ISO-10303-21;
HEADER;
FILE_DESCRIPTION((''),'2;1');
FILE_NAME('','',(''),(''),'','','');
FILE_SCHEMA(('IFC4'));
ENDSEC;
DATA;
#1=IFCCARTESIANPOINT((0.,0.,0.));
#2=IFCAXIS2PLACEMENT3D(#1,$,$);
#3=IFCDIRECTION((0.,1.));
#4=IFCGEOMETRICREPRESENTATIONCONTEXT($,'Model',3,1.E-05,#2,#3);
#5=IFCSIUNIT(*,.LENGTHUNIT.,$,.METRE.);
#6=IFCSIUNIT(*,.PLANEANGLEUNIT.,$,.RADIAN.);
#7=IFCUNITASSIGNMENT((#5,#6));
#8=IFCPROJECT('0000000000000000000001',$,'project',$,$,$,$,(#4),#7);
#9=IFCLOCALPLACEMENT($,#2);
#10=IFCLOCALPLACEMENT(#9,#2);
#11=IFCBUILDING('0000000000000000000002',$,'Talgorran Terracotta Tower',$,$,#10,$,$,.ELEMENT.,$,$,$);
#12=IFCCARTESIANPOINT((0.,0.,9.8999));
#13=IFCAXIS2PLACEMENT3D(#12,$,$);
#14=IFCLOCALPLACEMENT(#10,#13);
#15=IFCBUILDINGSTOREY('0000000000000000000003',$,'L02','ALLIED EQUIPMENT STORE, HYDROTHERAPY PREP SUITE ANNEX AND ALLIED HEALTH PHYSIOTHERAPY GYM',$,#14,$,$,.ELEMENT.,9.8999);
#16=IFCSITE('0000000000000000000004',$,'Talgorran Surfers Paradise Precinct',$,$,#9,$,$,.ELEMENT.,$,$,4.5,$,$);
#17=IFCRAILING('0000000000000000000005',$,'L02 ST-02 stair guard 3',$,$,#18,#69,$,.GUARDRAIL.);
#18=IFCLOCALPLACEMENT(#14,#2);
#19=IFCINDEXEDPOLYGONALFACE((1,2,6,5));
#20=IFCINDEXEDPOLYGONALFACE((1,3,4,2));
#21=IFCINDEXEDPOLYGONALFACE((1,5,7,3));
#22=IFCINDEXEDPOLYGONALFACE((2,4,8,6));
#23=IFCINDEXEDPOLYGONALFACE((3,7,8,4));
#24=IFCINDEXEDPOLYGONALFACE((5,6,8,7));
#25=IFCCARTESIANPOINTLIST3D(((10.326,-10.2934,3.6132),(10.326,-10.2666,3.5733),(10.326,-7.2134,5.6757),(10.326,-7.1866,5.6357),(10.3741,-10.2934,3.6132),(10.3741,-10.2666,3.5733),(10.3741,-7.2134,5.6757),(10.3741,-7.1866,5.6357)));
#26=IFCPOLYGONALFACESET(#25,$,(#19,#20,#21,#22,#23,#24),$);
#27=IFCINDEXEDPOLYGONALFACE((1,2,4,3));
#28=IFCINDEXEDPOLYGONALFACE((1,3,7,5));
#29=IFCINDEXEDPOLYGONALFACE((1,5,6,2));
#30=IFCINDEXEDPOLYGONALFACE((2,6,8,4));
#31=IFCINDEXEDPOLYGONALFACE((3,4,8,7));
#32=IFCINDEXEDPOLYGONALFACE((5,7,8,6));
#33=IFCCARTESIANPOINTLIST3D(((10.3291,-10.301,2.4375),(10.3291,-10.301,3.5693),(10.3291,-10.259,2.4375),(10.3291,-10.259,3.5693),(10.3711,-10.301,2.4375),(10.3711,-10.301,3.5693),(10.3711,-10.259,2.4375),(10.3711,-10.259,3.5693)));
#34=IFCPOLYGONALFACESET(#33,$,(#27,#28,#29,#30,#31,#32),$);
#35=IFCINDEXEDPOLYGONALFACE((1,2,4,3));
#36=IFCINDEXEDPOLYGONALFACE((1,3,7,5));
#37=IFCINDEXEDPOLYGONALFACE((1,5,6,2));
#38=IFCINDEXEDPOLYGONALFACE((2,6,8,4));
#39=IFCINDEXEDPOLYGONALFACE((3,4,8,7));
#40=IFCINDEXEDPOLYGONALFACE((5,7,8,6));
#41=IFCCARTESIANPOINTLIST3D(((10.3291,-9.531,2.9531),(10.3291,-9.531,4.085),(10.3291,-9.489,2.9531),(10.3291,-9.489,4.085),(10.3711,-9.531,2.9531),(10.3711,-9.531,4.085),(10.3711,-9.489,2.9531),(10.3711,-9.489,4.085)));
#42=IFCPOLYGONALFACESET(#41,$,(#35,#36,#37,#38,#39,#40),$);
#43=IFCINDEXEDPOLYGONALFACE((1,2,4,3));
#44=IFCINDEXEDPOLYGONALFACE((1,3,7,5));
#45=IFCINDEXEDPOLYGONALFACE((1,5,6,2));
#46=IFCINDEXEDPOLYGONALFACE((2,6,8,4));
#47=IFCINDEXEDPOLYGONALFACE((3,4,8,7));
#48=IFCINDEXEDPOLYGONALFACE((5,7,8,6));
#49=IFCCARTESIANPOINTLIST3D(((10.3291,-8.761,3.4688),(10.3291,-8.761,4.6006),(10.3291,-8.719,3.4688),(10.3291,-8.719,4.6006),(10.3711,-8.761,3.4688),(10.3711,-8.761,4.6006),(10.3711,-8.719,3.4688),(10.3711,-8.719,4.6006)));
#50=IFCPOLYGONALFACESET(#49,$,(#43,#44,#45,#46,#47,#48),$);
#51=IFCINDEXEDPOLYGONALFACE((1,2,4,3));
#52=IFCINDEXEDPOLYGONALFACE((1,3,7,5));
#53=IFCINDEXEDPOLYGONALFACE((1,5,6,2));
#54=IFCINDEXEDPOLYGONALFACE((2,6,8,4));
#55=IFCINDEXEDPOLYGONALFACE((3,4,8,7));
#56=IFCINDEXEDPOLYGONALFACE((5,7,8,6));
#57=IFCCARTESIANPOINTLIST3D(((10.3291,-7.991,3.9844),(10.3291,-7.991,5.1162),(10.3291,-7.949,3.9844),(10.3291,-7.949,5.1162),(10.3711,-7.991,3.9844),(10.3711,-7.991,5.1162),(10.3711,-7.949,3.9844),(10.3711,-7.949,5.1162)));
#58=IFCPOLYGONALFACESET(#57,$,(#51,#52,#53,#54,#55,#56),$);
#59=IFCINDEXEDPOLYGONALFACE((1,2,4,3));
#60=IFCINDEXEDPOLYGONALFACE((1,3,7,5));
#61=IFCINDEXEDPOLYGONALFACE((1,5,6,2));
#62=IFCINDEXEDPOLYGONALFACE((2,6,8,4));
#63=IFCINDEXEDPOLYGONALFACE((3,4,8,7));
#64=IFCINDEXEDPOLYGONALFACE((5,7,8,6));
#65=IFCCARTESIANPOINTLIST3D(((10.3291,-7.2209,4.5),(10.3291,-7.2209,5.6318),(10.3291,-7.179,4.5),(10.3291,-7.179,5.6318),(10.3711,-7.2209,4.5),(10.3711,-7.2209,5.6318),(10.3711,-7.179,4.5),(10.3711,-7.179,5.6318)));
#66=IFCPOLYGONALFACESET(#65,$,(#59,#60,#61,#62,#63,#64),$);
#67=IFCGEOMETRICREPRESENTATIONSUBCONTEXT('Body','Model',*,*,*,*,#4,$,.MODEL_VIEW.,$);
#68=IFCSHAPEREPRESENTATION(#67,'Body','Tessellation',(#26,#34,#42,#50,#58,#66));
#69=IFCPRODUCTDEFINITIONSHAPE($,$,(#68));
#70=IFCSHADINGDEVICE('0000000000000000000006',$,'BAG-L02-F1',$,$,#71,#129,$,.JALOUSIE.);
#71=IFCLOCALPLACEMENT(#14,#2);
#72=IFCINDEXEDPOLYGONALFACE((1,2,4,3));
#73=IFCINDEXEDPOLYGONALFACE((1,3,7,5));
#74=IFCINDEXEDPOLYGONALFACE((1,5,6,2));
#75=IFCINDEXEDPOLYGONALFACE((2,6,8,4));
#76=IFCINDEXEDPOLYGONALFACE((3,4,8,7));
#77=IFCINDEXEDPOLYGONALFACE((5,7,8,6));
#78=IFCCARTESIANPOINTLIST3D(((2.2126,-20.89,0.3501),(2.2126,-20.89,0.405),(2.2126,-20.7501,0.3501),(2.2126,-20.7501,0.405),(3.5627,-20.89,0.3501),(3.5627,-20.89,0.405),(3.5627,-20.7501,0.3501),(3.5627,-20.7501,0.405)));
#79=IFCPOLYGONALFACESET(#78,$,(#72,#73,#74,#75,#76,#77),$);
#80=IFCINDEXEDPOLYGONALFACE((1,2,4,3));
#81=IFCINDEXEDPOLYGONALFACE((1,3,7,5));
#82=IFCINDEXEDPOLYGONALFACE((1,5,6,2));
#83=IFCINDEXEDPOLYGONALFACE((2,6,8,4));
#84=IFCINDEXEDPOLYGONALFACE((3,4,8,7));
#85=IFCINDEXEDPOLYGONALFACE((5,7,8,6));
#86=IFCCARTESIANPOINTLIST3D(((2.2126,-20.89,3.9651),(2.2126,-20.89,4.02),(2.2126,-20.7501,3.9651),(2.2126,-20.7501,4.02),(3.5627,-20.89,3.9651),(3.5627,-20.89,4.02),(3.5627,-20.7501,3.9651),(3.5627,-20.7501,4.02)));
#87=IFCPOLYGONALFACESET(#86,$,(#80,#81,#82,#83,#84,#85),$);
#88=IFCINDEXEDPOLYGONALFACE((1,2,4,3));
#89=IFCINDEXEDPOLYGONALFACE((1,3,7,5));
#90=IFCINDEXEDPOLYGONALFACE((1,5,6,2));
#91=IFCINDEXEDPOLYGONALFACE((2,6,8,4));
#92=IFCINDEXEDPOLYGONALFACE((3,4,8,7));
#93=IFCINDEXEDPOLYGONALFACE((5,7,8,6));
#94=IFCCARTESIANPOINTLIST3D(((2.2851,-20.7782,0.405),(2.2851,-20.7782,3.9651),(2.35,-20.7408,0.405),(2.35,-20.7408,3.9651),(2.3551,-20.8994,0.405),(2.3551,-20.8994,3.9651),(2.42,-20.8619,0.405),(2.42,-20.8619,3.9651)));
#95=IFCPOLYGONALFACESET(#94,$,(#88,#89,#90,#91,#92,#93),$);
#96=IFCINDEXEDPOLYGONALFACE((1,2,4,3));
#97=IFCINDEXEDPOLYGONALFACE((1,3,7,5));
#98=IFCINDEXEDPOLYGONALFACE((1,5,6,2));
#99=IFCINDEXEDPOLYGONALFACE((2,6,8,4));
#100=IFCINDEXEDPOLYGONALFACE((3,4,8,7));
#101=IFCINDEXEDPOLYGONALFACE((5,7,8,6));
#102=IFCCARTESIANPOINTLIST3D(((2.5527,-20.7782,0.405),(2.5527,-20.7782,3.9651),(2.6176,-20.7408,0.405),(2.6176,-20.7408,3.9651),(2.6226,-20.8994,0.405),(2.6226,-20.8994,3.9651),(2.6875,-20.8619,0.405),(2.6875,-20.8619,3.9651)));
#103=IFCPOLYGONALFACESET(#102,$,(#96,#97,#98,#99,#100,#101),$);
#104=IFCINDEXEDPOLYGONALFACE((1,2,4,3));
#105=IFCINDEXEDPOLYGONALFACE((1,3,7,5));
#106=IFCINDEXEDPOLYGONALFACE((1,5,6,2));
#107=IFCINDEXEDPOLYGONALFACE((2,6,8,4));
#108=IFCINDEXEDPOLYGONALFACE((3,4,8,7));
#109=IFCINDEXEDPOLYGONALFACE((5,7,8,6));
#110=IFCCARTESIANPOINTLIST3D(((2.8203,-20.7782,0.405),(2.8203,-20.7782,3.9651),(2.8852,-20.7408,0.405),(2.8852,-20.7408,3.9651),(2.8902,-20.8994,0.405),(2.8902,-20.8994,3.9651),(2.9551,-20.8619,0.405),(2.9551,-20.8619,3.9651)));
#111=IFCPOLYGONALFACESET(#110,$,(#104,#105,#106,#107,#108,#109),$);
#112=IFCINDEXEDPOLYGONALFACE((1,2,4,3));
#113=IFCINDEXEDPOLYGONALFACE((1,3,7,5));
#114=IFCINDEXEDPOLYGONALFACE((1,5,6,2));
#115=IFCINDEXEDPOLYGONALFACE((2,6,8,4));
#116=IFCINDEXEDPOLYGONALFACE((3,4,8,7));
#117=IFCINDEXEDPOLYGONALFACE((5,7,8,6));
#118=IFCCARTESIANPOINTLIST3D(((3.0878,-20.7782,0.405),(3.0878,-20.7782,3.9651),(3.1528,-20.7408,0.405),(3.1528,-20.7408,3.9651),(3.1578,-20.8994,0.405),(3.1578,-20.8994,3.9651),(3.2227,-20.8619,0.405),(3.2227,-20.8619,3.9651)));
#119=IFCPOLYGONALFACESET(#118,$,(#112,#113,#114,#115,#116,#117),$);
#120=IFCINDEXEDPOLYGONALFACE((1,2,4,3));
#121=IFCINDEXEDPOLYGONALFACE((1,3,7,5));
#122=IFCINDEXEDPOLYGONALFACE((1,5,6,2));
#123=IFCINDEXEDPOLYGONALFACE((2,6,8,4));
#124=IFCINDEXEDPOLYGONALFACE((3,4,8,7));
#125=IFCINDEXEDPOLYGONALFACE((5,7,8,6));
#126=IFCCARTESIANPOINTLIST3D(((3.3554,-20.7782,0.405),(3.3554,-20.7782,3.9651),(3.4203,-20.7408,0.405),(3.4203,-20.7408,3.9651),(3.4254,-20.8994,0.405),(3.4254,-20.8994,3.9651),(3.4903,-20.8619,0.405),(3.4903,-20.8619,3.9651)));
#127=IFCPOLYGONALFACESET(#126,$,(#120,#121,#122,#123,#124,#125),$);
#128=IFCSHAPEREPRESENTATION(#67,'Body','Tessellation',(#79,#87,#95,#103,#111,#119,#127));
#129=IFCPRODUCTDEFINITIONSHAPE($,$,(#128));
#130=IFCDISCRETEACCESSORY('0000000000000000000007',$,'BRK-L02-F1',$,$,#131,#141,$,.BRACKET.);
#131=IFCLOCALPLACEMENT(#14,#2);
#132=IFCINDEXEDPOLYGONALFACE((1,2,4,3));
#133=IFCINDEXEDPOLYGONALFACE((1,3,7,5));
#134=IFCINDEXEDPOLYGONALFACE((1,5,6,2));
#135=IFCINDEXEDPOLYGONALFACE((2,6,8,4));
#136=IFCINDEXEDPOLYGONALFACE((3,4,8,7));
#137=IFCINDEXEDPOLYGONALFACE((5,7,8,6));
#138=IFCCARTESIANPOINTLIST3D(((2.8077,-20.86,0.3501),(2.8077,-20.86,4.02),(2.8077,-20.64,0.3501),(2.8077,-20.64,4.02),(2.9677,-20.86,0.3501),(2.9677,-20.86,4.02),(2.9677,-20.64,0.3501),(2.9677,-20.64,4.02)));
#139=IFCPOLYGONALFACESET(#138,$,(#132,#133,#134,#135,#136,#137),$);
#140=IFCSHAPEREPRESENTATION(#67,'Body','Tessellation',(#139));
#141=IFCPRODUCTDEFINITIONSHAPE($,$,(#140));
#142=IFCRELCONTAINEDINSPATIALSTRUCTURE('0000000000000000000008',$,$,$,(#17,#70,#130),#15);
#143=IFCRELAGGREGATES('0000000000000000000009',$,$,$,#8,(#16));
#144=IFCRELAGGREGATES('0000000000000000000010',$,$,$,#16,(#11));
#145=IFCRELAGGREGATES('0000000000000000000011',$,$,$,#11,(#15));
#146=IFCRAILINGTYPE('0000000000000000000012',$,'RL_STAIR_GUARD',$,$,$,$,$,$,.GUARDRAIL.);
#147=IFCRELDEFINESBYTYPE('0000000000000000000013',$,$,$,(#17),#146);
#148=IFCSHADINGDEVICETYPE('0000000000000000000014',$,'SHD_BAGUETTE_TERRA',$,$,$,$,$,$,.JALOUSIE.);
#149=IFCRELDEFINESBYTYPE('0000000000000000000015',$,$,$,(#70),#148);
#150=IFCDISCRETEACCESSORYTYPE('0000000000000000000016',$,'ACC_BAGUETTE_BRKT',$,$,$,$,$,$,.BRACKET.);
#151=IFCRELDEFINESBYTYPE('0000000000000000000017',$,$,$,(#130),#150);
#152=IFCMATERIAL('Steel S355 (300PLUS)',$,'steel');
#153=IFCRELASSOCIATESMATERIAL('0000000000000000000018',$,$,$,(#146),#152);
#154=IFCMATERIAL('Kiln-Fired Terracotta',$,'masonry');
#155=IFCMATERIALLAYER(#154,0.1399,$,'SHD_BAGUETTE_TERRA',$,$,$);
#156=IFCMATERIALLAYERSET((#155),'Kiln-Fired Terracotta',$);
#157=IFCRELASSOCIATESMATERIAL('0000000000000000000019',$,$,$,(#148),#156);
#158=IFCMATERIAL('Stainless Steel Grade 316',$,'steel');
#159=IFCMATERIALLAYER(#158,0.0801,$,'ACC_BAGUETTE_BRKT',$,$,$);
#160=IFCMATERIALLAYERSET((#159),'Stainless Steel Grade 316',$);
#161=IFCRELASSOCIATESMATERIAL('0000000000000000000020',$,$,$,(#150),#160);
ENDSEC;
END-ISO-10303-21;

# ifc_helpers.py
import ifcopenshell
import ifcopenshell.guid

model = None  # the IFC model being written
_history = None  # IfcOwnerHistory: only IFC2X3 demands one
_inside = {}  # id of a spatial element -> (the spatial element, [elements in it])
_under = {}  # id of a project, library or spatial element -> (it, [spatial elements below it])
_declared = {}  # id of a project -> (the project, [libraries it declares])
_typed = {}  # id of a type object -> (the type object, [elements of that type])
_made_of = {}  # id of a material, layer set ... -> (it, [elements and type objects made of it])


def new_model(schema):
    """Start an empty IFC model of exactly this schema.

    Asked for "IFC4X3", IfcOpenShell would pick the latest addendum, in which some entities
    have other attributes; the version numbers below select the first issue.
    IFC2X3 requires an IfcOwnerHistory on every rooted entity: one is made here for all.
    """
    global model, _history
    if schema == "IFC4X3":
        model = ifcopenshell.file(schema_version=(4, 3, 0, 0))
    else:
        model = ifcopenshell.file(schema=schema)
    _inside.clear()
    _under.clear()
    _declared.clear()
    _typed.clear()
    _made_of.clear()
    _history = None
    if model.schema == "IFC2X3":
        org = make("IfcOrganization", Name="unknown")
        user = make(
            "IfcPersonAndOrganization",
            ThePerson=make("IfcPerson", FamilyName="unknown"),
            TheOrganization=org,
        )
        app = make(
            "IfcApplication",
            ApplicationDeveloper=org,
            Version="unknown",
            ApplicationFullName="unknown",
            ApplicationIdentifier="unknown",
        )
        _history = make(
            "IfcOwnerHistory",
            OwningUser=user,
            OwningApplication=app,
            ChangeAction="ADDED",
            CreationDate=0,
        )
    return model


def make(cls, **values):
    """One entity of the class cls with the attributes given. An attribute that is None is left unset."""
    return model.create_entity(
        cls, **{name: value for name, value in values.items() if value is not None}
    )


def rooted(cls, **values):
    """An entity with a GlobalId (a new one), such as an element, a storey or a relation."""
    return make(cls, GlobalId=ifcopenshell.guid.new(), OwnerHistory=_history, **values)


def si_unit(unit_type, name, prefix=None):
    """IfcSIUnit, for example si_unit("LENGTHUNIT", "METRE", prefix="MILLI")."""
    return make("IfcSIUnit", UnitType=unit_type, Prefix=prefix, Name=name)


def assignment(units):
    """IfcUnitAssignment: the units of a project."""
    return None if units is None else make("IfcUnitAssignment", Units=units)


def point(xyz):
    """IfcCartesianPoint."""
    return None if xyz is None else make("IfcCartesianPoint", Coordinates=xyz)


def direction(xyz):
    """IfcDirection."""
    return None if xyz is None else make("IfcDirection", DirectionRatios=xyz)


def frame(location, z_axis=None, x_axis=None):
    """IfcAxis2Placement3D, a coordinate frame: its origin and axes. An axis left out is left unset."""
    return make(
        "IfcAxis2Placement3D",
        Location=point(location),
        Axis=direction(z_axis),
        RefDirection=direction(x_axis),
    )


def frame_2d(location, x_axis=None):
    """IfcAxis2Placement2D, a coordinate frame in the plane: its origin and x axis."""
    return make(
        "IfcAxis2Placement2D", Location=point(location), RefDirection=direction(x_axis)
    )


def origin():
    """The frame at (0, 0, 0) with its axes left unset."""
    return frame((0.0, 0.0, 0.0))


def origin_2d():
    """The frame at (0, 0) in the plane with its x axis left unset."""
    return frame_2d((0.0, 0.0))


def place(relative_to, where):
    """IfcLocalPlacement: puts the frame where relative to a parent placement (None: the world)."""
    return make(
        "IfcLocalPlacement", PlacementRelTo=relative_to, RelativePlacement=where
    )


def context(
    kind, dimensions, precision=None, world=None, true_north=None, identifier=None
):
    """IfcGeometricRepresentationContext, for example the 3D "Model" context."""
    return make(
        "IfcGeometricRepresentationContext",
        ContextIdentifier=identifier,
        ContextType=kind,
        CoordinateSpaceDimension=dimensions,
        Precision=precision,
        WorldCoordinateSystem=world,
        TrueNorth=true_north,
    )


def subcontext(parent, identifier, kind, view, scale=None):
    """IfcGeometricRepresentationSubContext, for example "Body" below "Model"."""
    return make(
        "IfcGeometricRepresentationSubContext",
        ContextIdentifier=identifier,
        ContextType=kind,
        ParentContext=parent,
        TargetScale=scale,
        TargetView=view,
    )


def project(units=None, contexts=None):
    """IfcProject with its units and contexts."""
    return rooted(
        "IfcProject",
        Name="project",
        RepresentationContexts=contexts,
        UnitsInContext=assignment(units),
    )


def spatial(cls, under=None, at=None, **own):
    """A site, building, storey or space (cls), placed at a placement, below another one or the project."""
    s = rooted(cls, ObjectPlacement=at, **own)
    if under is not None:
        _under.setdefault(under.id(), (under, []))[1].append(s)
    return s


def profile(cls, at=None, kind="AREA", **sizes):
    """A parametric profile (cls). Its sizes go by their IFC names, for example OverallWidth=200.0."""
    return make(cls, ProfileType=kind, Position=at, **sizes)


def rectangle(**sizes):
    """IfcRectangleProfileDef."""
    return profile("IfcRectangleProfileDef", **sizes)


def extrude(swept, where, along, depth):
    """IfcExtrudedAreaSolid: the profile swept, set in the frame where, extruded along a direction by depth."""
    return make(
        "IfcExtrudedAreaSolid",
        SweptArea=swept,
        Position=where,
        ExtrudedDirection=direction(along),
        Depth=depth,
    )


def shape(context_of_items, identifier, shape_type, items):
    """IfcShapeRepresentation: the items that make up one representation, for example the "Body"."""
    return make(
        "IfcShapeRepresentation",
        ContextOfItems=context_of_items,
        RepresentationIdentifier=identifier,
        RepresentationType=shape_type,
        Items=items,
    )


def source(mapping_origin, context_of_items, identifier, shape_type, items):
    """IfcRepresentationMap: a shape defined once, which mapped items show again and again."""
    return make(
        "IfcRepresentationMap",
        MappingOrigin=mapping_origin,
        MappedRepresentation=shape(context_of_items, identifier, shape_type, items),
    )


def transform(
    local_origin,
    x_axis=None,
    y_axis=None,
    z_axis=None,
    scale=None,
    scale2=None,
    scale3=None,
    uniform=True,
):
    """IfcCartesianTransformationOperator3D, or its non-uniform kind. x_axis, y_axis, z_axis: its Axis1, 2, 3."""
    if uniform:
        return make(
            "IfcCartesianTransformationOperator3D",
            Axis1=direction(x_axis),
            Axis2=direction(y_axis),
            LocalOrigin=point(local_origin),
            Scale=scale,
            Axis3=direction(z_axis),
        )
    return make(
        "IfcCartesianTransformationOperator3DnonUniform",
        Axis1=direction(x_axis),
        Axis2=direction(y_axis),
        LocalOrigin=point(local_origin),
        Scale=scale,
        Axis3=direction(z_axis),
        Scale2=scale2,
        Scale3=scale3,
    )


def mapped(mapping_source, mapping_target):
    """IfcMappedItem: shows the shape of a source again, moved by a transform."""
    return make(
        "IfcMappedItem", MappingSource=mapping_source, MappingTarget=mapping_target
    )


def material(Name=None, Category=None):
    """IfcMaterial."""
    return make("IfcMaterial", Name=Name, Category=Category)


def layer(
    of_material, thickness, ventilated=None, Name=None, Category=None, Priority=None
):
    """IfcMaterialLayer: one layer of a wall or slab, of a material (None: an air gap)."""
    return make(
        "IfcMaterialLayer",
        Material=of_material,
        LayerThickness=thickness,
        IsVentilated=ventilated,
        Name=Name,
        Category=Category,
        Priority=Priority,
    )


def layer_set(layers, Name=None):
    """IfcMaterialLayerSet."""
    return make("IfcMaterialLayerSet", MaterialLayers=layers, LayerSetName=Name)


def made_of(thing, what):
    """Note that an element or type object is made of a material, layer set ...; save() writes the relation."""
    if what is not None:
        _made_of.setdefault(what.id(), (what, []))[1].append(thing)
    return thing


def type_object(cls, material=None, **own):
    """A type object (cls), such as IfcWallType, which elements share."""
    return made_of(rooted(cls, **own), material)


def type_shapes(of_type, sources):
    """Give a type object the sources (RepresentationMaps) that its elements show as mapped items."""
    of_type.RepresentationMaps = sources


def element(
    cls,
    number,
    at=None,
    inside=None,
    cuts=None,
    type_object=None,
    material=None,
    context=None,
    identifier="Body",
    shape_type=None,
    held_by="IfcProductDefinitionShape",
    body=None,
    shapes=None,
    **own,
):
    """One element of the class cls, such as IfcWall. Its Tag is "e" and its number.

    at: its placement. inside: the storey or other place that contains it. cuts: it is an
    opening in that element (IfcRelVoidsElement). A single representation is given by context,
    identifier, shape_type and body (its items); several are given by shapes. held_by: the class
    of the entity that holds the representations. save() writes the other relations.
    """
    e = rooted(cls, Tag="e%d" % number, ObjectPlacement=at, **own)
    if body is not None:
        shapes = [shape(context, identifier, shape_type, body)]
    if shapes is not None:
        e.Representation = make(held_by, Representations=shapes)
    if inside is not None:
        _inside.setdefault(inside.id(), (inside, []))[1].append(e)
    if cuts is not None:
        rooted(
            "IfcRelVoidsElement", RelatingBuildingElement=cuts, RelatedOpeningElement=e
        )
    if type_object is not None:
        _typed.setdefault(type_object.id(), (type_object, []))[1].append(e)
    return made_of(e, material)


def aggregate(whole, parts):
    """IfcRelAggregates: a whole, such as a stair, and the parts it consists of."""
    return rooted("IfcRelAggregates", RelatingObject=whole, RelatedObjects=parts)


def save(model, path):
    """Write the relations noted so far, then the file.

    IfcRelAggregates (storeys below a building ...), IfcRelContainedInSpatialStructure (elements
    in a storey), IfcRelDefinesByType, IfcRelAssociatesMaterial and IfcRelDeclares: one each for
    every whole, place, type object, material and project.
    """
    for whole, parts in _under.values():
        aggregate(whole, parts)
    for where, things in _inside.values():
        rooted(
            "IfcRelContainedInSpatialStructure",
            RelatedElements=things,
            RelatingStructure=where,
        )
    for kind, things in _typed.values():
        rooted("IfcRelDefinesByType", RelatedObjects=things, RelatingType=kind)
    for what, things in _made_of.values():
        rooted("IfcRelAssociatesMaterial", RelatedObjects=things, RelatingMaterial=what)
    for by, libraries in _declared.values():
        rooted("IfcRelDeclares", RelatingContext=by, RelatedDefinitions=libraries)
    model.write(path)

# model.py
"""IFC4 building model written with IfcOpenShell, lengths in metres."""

from ifc_helpers import new_model, si_unit, direction, frame, origin, origin_2d, place, context, subcontext, project, spatial, rectangle, extrude, source, transform, mapped, material, layer, layer_set, type_object, type_shapes, element, save


model = new_model("IFC4")

# Units and contexts
model_context = context("Model", 3, precision=1e-05, world=origin(), true_north=direction((0.0, 1.0)))
body_context = subcontext(model_context, "Body", "Model", "MODEL_VIEW")
ifc_project = project(units=[si_unit("LENGTHUNIT", "METRE"), si_unit("PLANEANGLEUNIT", "RADIAN")], contexts=[model_context])

# Site, building, storey
site_placement = place(None, origin())
site = spatial("IfcSite", under=ifc_project, at=site_placement, Name="Talgorran Surfers Paradise Precinct", CompositionType="ELEMENT", RefElevation=4.5)
building_placement = place(site_placement, origin())
building = spatial("IfcBuilding", under=site, at=building_placement, Name="Talgorran Terracotta Tower", CompositionType="ELEMENT")
storey_placement = place(building_placement, frame((0.0, 0.0, 9.8999)))
storey = spatial("IfcBuildingStorey", under=building, at=storey_placement, Name="L02", Description="ALLIED EQUIPMENT STORE, HYDROTHERAPY PREP SUITE ANNEX AND ALLIED HEALTH PHYSIOTHERAPY GYM", CompositionType="ELEMENT", Elevation=9.8999)

# Shared definitions
ifc_material_1 = material(Name="Steel S355 (300PLUS)", Category="steel")

# Railing
railing_type_1 = type_object("IfcRailingType", Name="RL_STAIR_GUARD", PredefinedType="GUARDRAIL", material=ifc_material_1)
railing_1_placement = place(storey_placement, frame((10.3501, -10.28, 2.4375)))
element("IfcRailing", 1, at=railing_1_placement, inside=storey, type_object=railing_type_1, Name="L02 ST-02 stair guard 3", PredefinedType="GUARDRAIL", context=body_context, shape_type="SweptSolid", body=[
    extrude(rectangle(XDim=0.0481, YDim=0.0481, at=origin_2d()), frame((0.0, 0.0, 1.1558), z_axis=(0.0, 0.830914, 0.556401), x_axis=(-1.0, 0.0, 0.0)), (0.0, 0.0, 1.0), 3.7068),
    extrude(rectangle(XDim=0.042, YDim=0.042, at=origin_2d()), origin(), (0.0, 0.0, 1.0), 1.1318),
    extrude(rectangle(XDim=0.042, YDim=0.042, at=origin_2d()), frame((0.0, 0.77, 0.5156)), (0.0, 0.0, 1.0), 1.1318),
    extrude(rectangle(XDim=0.042, YDim=0.042, at=origin_2d()), frame((0.0, 1.54, 1.0312)), (0.0, 0.0, 1.0), 1.1318),
    extrude(rectangle(XDim=0.042, YDim=0.042, at=origin_2d()), frame((0.0, 2.3101, 1.5469)), (0.0, 0.0, 1.0), 1.1318),
    extrude(rectangle(XDim=0.042, YDim=0.042, at=origin_2d()), frame((0.0, 3.0801, 2.0625)), (0.0, 0.0, 1.0), 1.1318),
])

# Shading device
ifc_material_2 = material(Name="Kiln-Fired Terracotta", Category="masonry")
ifc_layer_1 = layer(ifc_material_2, 0.1399, Name="SHD_BAGUETTE_TERRA")
ifc_layer_set_1 = layer_set([ifc_layer_1], Name="Kiln-Fired Terracotta")
shading_device_type = type_object("IfcShadingDeviceType", Name="SHD_BAGUETTE_TERRA", PredefinedType="JALOUSIE", material=ifc_layer_set_1)
shared_shape_1 = source(origin(), body_context, "Body", "SweptSolid", [
    extrude(rectangle(XDim=1.3501, YDim=0.1399, at=origin_2d()), origin(), (0.0, 0.0, 1.0), 0.0549),
    extrude(rectangle(XDim=1.3501, YDim=0.1399, at=origin_2d()), frame((0.0, 0.0, 3.615)), (0.0, 0.0, 1.0), 0.0549),
    extrude(rectangle(XDim=0.075, YDim=0.1399, at=origin_2d()), frame((-0.5352, 0.0, 0.0549), z_axis=(0.0, 0.0, 1.0), x_axis=(0.866025, 0.5, 0.0)), (0.0, 0.0, 1.0), 3.5601),
    extrude(rectangle(XDim=0.075, YDim=0.1399, at=origin_2d()), frame((-0.2676, 0.0, 0.0549), z_axis=(0.0, 0.0, 1.0), x_axis=(0.866025, 0.5, 0.0)), (0.0, 0.0, 1.0), 3.5601),
    extrude(rectangle(XDim=0.075, YDim=0.1399, at=origin_2d()), frame((0.0, 0.0, 0.0549), z_axis=(0.0, 0.0, 1.0), x_axis=(0.866025, 0.5, 0.0)), (0.0, 0.0, 1.0), 3.5601),
    extrude(rectangle(XDim=0.075, YDim=0.1399, at=origin_2d()), frame((0.2676, 0.0, 0.0549), z_axis=(0.0, 0.0, 1.0), x_axis=(0.866025, 0.5, 0.0)), (0.0, 0.0, 1.0), 3.5601),
    extrude(rectangle(XDim=0.075, YDim=0.1399, at=origin_2d()), frame((0.5352, 0.0, 0.0549), z_axis=(0.0, 0.0, 1.0), x_axis=(0.866025, 0.5, 0.0)), (0.0, 0.0, 1.0), 3.5601),
])
type_shapes(shading_device_type, [shared_shape_1])
shading_device_placement = place(storey_placement, frame((2.8877, -20.8201, 0.3501), z_axis=(0.0, 0.0, 1.0), x_axis=(1.0, 0.0, 0.0)))
element("IfcShadingDevice", 2, at=shading_device_placement, inside=storey, type_object=shading_device_type, Name="BAG-L02-F1", PredefinedType="JALOUSIE", context=body_context, shape_type="MappedRepresentation", body=[
    mapped(shared_shape_1, transform((0.0, 0.0, 0.0), scale=1.0)),
])

# Discrete accessory
ifc_material_3 = material(Name="Stainless Steel Grade 316", Category="steel")
ifc_layer_2 = layer(ifc_material_3, 0.0801, Name="ACC_BAGUETTE_BRKT")
ifc_layer_set_2 = layer_set([ifc_layer_2], Name="Stainless Steel Grade 316")
discrete_accessory_type = type_object("IfcDiscreteAccessoryType", Name="ACC_BAGUETTE_BRKT", PredefinedType="BRACKET", material=ifc_layer_set_2)
shared_shape_2 = source(origin(), body_context, "Body", "SweptSolid", [
    extrude(rectangle(XDim=0.1599, YDim=0.22, at=origin_2d()), origin(), (0.0, 0.0, 1.0), 3.6699),
])
type_shapes(discrete_accessory_type, [shared_shape_2])
discrete_accessory_placement = place(storey_placement, frame((2.8877, -20.75, 0.3501), z_axis=(0.0, 0.0, 1.0), x_axis=(1.0, 0.0, 0.0)))
element("IfcDiscreteAccessory", 3, at=discrete_accessory_placement, inside=storey, type_object=discrete_accessory_type, Name="BRK-L02-F1", PredefinedType="BRACKET", context=body_context, shape_type="MappedRepresentation", body=[
    mapped(shared_shape_2, transform((0.0, 0.0, 0.0), scale=1.0)),
])

save(model, "model.ifc")
